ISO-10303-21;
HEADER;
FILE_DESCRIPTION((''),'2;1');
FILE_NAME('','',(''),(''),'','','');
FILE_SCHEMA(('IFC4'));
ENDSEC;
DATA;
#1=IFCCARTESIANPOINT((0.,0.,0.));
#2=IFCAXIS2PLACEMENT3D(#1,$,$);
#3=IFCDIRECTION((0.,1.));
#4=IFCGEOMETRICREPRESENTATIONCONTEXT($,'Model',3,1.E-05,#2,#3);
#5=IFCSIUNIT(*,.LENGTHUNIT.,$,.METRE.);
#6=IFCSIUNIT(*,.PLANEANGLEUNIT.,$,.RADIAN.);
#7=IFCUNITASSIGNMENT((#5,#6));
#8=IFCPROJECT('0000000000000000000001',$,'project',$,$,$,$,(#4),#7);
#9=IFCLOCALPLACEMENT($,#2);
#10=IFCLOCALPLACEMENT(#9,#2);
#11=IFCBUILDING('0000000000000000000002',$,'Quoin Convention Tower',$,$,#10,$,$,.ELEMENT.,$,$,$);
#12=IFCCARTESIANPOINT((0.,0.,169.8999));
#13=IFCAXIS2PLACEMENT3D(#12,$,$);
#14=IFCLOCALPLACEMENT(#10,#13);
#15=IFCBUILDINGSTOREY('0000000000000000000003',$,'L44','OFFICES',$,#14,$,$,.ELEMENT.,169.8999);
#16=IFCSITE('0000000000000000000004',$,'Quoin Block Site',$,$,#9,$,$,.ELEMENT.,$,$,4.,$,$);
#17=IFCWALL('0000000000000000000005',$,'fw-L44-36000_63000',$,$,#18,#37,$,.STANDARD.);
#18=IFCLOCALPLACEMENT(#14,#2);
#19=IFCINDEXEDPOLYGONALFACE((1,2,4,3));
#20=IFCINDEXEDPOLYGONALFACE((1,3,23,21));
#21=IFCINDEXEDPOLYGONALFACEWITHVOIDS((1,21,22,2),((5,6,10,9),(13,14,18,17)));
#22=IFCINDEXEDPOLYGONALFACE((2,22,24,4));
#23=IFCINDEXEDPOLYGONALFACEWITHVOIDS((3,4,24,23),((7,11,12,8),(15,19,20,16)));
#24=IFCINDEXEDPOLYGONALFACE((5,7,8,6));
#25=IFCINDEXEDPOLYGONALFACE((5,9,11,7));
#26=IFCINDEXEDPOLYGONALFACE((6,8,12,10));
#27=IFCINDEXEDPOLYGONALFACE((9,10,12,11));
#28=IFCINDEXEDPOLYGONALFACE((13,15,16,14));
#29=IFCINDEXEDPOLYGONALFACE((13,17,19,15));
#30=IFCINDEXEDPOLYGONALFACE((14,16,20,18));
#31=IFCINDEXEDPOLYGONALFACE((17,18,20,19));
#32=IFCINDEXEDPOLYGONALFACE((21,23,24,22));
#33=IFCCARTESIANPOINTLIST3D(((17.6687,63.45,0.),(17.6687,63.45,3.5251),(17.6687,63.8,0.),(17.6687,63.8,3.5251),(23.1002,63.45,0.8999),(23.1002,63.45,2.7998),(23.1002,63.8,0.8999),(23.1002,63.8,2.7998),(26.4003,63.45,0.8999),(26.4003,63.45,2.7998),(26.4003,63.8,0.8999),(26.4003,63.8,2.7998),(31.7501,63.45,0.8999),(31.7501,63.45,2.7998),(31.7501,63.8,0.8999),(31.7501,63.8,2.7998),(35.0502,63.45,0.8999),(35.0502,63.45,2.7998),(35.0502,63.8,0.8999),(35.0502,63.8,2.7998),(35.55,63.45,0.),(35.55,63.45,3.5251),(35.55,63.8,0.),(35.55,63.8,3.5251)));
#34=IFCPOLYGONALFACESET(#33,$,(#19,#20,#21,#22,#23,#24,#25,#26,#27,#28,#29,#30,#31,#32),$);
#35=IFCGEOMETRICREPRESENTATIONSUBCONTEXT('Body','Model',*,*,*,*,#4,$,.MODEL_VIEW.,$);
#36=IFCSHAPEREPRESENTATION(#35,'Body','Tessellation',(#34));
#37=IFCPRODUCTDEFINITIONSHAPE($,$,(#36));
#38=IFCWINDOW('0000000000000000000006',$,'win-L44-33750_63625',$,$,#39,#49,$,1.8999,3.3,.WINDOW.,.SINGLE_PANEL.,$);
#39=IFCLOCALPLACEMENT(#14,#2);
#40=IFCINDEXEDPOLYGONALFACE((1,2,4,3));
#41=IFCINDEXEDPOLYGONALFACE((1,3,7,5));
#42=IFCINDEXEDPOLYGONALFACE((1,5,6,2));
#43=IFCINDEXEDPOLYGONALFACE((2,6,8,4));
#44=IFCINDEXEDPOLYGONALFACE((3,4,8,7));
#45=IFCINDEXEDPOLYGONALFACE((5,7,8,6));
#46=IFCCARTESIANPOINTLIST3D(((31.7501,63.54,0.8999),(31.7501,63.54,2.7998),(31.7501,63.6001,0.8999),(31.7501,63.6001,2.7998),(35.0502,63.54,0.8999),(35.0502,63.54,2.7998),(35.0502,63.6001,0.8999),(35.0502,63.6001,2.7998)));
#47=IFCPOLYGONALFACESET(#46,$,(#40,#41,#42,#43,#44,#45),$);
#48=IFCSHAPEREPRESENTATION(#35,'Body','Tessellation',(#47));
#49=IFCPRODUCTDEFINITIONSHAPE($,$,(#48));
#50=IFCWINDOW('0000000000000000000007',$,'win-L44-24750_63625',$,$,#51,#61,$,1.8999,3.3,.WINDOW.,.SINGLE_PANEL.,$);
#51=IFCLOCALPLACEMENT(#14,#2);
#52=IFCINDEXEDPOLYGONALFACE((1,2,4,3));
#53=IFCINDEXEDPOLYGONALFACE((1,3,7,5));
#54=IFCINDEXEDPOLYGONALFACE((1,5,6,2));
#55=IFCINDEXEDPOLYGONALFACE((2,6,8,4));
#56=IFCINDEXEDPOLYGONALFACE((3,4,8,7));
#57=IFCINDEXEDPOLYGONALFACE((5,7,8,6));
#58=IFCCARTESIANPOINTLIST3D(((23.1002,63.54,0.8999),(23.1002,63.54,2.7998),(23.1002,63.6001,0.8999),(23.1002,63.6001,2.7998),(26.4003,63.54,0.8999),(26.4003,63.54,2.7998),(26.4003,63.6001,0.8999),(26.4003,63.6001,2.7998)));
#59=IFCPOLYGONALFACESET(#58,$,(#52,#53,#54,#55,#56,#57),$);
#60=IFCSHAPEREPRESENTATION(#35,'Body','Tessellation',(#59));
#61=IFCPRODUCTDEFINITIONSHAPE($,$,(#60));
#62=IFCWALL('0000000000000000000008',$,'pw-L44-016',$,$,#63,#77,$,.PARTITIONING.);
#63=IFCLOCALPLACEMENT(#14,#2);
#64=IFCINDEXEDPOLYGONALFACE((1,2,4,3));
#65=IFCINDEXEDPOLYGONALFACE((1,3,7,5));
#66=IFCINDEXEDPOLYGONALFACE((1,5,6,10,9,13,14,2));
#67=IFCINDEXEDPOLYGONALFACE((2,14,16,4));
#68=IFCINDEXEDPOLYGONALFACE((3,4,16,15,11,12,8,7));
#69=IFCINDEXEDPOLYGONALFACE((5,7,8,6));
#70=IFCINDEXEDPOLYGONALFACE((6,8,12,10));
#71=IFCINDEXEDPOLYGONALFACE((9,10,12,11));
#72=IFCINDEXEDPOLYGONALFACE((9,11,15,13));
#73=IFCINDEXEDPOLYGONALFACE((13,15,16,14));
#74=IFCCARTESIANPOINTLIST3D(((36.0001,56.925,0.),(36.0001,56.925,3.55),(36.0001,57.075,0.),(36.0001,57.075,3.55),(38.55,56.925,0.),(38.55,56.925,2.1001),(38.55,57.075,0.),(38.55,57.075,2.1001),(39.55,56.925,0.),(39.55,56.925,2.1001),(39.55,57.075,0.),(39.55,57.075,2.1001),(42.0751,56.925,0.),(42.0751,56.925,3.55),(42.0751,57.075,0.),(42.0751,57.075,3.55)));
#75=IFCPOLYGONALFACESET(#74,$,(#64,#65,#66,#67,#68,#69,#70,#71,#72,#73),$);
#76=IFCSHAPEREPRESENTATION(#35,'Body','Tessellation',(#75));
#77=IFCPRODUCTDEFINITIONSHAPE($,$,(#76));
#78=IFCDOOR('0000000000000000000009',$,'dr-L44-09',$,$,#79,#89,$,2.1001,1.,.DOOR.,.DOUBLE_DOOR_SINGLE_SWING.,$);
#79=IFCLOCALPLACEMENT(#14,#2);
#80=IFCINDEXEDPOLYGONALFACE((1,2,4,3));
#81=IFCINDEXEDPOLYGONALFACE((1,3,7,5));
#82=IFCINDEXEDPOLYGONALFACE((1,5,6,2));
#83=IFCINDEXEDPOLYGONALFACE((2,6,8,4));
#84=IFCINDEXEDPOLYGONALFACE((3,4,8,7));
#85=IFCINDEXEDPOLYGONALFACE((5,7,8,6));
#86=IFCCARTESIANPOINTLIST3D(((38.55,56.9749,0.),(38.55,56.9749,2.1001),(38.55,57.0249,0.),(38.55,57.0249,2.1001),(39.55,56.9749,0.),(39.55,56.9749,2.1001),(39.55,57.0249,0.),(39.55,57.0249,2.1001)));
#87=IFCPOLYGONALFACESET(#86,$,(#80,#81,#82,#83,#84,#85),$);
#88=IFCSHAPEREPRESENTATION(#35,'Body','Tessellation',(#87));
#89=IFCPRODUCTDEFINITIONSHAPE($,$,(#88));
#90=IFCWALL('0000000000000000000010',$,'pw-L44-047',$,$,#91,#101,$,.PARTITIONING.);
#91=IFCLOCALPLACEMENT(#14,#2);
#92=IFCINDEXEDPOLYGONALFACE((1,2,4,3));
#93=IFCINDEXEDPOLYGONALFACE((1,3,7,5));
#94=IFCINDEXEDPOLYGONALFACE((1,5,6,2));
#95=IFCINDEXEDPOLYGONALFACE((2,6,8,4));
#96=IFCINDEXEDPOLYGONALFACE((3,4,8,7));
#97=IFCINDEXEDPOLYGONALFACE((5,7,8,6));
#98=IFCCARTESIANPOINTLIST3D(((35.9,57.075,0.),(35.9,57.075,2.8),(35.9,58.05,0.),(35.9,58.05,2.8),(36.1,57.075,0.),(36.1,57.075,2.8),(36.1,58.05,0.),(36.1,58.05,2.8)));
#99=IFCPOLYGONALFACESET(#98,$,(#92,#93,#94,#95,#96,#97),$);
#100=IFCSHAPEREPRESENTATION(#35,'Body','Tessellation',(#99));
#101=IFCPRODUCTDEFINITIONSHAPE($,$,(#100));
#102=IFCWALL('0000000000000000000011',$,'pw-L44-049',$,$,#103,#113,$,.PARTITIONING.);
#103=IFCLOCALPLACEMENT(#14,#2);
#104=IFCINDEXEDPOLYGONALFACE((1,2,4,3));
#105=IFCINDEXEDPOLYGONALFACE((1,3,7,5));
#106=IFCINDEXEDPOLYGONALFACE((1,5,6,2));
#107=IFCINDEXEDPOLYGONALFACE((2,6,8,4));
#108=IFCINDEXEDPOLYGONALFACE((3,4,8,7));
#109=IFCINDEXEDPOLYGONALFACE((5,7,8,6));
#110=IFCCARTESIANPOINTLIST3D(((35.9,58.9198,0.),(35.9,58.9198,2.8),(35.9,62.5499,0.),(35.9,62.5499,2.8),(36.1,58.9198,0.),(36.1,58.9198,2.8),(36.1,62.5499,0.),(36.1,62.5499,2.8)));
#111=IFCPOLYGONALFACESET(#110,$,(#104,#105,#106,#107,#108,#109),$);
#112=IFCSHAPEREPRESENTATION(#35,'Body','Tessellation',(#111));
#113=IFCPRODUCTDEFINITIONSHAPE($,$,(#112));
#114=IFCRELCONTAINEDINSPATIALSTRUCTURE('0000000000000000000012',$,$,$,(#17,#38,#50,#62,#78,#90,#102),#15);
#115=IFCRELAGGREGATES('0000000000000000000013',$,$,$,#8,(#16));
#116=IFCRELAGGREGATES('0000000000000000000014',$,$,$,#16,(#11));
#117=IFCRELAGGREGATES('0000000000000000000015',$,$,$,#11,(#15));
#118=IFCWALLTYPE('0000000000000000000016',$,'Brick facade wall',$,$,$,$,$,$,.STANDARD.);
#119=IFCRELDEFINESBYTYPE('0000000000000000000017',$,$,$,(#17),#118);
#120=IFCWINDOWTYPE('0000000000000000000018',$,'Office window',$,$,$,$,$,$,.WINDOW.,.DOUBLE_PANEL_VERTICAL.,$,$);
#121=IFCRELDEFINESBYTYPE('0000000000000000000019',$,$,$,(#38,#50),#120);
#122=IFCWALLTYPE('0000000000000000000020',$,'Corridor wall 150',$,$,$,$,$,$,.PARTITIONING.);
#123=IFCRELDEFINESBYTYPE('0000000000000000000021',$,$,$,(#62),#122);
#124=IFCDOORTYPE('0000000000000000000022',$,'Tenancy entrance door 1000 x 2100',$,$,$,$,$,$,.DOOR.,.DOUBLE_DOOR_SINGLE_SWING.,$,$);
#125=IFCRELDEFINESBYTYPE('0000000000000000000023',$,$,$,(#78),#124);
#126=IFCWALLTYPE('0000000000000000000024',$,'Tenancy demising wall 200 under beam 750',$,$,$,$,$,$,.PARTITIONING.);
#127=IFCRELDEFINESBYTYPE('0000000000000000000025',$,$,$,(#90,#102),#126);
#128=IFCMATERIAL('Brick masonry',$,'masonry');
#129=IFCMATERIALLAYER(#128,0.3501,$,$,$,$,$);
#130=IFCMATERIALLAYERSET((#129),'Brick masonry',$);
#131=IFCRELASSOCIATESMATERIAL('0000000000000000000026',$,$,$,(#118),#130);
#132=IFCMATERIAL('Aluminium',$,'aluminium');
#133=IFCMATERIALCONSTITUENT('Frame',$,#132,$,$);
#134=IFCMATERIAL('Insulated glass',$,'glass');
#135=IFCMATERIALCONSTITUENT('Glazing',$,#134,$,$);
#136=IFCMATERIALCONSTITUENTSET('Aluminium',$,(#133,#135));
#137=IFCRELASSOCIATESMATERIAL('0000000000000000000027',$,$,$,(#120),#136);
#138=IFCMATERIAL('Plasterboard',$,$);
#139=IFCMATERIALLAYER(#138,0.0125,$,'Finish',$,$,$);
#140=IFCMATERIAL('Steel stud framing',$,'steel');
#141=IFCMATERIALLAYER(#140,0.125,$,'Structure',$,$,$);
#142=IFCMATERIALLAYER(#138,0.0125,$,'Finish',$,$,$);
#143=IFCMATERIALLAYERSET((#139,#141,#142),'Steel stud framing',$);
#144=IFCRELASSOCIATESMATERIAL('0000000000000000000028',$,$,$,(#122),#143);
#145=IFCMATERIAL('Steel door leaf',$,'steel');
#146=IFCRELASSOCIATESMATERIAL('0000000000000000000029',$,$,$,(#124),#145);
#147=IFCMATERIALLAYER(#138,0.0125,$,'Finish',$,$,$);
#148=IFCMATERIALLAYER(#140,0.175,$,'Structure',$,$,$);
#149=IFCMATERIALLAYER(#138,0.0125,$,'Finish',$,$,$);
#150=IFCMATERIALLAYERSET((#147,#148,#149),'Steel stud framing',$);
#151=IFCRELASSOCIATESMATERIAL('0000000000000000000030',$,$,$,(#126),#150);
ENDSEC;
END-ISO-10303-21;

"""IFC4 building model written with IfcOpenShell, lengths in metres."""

from ifc_helpers import new_model, si_unit, direction, frame, frame_2d, origin, place, context, subcontext, project, spatial, rectangle, extrude, material, layer, layer_set, constituent, constituent_set, type_object, element, fill, save


model = new_model("IFC4")

# Units and contexts
model_context = context("Model", 3, precision=1e-05, world=origin(), true_north=direction((0.0, 1.0)))
body_context = subcontext(model_context, "Body", "Model", "MODEL_VIEW")
ifc_project = project(units=[si_unit("LENGTHUNIT", "METRE"), si_unit("PLANEANGLEUNIT", "RADIAN")], contexts=[model_context])

# Site, building, storey
site_placement = place(None, origin())
site = spatial("IfcSite", under=ifc_project, at=site_placement, Name="Quoin Block Site", CompositionType="ELEMENT", RefElevation=4.0)
building_placement = place(site_placement, origin())
building = spatial("IfcBuilding", under=site, at=building_placement, Name="Quoin Convention Tower", CompositionType="ELEMENT")
storey_placement = place(building_placement, frame((0.0, 0.0, 169.8999)))
storey = spatial("IfcBuildingStorey", under=building, at=storey_placement, Name="L44", Description="OFFICES", CompositionType="ELEMENT", Elevation=169.8999)

# Shared definitions
ifc_material_1 = material(Name="Brick masonry", Category="masonry")
ifc_layer_1 = layer(ifc_material_1, 0.3501)
ifc_layer_set_1 = layer_set([ifc_layer_1], Name="Brick masonry")
wall_type_1 = type_object("IfcWallType", Name="Brick facade wall", PredefinedType="STANDARD", material=ifc_layer_set_1)
ifc_material_2 = material(Name="Aluminium", Category="aluminium")
ifc_constituent_1 = constituent(ifc_material_2, Name="Frame")
ifc_material_3 = material(Name="Insulated glass", Category="glass")
ifc_constituent_2 = constituent(ifc_material_3, Name="Glazing")
ifc_constituent_set = constituent_set(constituents=[ifc_constituent_1, ifc_constituent_2], Name="Aluminium")
window_type = type_object("IfcWindowType", Name="Office window", PartitioningType="DOUBLE_PANEL_VERTICAL", PredefinedType="WINDOW", material=ifc_constituent_set)

# Wall, openings, windows
wall_1_placement = place(storey_placement, frame((35.55, 63.625, 0.0), z_axis=(0.0, 0.0, 1.0), x_axis=(-1.0, 0.0, 0.0)))
wall_1 = element("IfcWall", 1, at=wall_1_placement, inside=storey, type_object=wall_type_1, Name="fw-L44-36000_63000", PredefinedType="STANDARD", context=body_context, shape_type="SweptSolid", body=[
    extrude(rectangle(XDim=17.8813, YDim=0.3501, at=frame_2d((8.9407, 0.0))), origin(), (0.0, 0.0, 1.0), 3.5251),
])
opening_1_placement = place(wall_1_placement, frame((0.5, 0.0, 0.8999)))
opening_1 = element("IfcOpeningElement", 2, at=opening_1_placement, cuts=wall_1, PredefinedType="OPENING", context=body_context, shape_type="SweptSolid", body=[
    extrude(rectangle(XDim=3.3, YDim=1.8999, at=frame_2d((1.6499, 0.95))), frame((0.0, 0.1851, 0.0), z_axis=(0.0, -1.0, 0.0), x_axis=(1.0, 0.0, 0.0)), (0.0, 0.0, 1.0), 0.3701),
])
opening_2_placement = place(wall_1_placement, frame((9.1499, 0.0, 0.8999)))
opening_2 = element("IfcOpeningElement", 3, at=opening_2_placement, cuts=wall_1, PredefinedType="OPENING", context=body_context, shape_type="SweptSolid", body=[
    extrude(rectangle(XDim=3.3, YDim=1.8999, at=frame_2d((1.6499, 0.95))), frame((0.0, 0.1851, 0.0), z_axis=(0.0, -1.0, 0.0), x_axis=(1.0, 0.0, 0.0)), (0.0, 0.0, 1.0), 0.3701),
])
window_1_placement = place(opening_1_placement, origin())
window_1 = element("IfcWindow", 4, at=window_1_placement, inside=storey, type_object=window_type, Name="win-L44-33750_63625", OverallHeight=1.8999, OverallWidth=3.3, PartitioningType="SINGLE_PANEL", PredefinedType="WINDOW", context=body_context, shape_type="SweptSolid", body=[
    extrude(rectangle(XDim=3.3, YDim=1.8999, at=frame_2d((1.6499, 0.95))), frame((0.0, 0.085, 0.0), z_axis=(0.0, -1.0, 0.0), x_axis=(1.0, 0.0, 0.0)), (0.0, 0.0, 1.0), 0.0601),
])
fill(opening_1, window_1)
window_2_placement = place(opening_2_placement, origin())
window_2 = element("IfcWindow", 5, at=window_2_placement, inside=storey, type_object=window_type, Name="win-L44-24750_63625", OverallHeight=1.8999, OverallWidth=3.3, PartitioningType="SINGLE_PANEL", PredefinedType="WINDOW", context=body_context, shape_type="SweptSolid", body=[
    extrude(rectangle(XDim=3.3, YDim=1.8999, at=frame_2d((1.6499, 0.95))), frame((0.0, 0.085, 0.0), z_axis=(0.0, -1.0, 0.0), x_axis=(1.0, 0.0, 0.0)), (0.0, 0.0, 1.0), 0.0601),
])
fill(opening_2, window_2)

# Wall, opening, door
ifc_material_4 = material(Name="Plasterboard")
ifc_layer_2 = layer(ifc_material_4, 0.0125, Name="Finish")
ifc_material_5 = material(Name="Steel stud framing", Category="steel")
ifc_layer_3 = layer(ifc_material_5, 0.125, Name="Structure")
ifc_layer_4 = layer(ifc_material_4, 0.0125, Name="Finish")
ifc_layer_set_2 = layer_set([ifc_layer_2, ifc_layer_3, ifc_layer_4], Name="Steel stud framing")
wall_type_2 = type_object("IfcWallType", Name="Corridor wall 150", PredefinedType="PARTITIONING", material=ifc_layer_set_2)
wall_2_placement = place(storey_placement, frame((36.0, 57.0, 0.0), z_axis=(0.0, 0.0, 1.0), x_axis=(1.0, 0.0, 0.0)))
wall_2 = element("IfcWall", 6, at=wall_2_placement, inside=storey, type_object=wall_type_2, Name="pw-L44-016", PredefinedType="PARTITIONING", context=body_context, shape_type="SweptSolid", body=[
    extrude(rectangle(XDim=6.075, YDim=0.1499, at=frame_2d((3.0376, 0.0))), origin(), (0.0, 0.0, 1.0), 3.55),
])
opening_3_placement = place(wall_2_placement, frame((2.55, 0.0, 0.0)))
opening_3 = element("IfcOpeningElement", 7, at=opening_3_placement, cuts=wall_2, PredefinedType="OPENING", context=body_context, shape_type="SweptSolid", body=[
    extrude(rectangle(XDim=1.0, YDim=2.1001, at=frame_2d((0.5, 1.05))), frame((0.0, 0.085, 0.0), z_axis=(0.0, -1.0, 0.0), x_axis=(1.0, 0.0, 0.0)), (0.0, 0.0, 1.0), 0.1699),
])
ifc_material_6 = material(Name="Steel door leaf", Category="steel")
door_type = type_object("IfcDoorType", Name="Tenancy entrance door 1000 x 2100", OperationType="DOUBLE_DOOR_SINGLE_SWING", PredefinedType="DOOR", material=ifc_material_6)
door_placement = place(opening_3_placement, origin())
door = element("IfcDoor", 8, at=door_placement, inside=storey, type_object=door_type, Name="dr-L44-09", OperationType="DOUBLE_DOOR_SINGLE_SWING", OverallHeight=2.1001, OverallWidth=1.0, PredefinedType="DOOR", context=body_context, shape_type="SweptSolid", body=[
    extrude(rectangle(XDim=1.0, YDim=2.1001, at=frame_2d((0.5, 1.05))), frame((0.0, 0.0249, 0.0), z_axis=(0.0, -1.0, 0.0), x_axis=(1.0, 0.0, 0.0)), (0.0, 0.0, 1.0), 0.05),
])
fill(opening_3, door)

# Walls
ifc_layer_5 = layer(ifc_material_4, 0.0125, Name="Finish")
ifc_layer_6 = layer(ifc_material_5, 0.175, Name="Structure")
ifc_layer_7 = layer(ifc_material_4, 0.0125, Name="Finish")
ifc_layer_set_3 = layer_set([ifc_layer_5, ifc_layer_6, ifc_layer_7], Name="Steel stud framing")
wall_type_3 = type_object("IfcWallType", Name="Tenancy demising wall 200 under beam 750", PredefinedType="PARTITIONING", material=ifc_layer_set_3)
wall_3_placement = place(storey_placement, frame((36.0, 57.075, 0.0), z_axis=(0.0, 0.0, 1.0), x_axis=(0.0, 1.0, 0.0)))
element("IfcWall", 9, at=wall_3_placement, inside=storey, type_object=wall_type_3, Name="pw-L44-047", PredefinedType="PARTITIONING", context=body_context, shape_type="SweptSolid", body=[
    extrude(rectangle(XDim=0.9751, YDim=0.2, at=frame_2d((0.4875, 0.0))), origin(), (0.0, 0.0, 1.0), 2.8),
])
wall_4_placement = place(storey_placement, frame((36.0, 58.9199, 0.0), z_axis=(0.0, 0.0, 1.0), x_axis=(0.0, 1.0, 0.0)))
element("IfcWall", 10, at=wall_4_placement, inside=storey, type_object=wall_type_3, Name="pw-L44-049", PredefinedType="PARTITIONING", context=body_context, shape_type="SweptSolid", body=[
    extrude(rectangle(XDim=3.6301, YDim=0.2, at=frame_2d((1.8149, 0.0))), origin(), (0.0, 0.0, 1.0), 2.8),
])

save(model, "model.ifc")
